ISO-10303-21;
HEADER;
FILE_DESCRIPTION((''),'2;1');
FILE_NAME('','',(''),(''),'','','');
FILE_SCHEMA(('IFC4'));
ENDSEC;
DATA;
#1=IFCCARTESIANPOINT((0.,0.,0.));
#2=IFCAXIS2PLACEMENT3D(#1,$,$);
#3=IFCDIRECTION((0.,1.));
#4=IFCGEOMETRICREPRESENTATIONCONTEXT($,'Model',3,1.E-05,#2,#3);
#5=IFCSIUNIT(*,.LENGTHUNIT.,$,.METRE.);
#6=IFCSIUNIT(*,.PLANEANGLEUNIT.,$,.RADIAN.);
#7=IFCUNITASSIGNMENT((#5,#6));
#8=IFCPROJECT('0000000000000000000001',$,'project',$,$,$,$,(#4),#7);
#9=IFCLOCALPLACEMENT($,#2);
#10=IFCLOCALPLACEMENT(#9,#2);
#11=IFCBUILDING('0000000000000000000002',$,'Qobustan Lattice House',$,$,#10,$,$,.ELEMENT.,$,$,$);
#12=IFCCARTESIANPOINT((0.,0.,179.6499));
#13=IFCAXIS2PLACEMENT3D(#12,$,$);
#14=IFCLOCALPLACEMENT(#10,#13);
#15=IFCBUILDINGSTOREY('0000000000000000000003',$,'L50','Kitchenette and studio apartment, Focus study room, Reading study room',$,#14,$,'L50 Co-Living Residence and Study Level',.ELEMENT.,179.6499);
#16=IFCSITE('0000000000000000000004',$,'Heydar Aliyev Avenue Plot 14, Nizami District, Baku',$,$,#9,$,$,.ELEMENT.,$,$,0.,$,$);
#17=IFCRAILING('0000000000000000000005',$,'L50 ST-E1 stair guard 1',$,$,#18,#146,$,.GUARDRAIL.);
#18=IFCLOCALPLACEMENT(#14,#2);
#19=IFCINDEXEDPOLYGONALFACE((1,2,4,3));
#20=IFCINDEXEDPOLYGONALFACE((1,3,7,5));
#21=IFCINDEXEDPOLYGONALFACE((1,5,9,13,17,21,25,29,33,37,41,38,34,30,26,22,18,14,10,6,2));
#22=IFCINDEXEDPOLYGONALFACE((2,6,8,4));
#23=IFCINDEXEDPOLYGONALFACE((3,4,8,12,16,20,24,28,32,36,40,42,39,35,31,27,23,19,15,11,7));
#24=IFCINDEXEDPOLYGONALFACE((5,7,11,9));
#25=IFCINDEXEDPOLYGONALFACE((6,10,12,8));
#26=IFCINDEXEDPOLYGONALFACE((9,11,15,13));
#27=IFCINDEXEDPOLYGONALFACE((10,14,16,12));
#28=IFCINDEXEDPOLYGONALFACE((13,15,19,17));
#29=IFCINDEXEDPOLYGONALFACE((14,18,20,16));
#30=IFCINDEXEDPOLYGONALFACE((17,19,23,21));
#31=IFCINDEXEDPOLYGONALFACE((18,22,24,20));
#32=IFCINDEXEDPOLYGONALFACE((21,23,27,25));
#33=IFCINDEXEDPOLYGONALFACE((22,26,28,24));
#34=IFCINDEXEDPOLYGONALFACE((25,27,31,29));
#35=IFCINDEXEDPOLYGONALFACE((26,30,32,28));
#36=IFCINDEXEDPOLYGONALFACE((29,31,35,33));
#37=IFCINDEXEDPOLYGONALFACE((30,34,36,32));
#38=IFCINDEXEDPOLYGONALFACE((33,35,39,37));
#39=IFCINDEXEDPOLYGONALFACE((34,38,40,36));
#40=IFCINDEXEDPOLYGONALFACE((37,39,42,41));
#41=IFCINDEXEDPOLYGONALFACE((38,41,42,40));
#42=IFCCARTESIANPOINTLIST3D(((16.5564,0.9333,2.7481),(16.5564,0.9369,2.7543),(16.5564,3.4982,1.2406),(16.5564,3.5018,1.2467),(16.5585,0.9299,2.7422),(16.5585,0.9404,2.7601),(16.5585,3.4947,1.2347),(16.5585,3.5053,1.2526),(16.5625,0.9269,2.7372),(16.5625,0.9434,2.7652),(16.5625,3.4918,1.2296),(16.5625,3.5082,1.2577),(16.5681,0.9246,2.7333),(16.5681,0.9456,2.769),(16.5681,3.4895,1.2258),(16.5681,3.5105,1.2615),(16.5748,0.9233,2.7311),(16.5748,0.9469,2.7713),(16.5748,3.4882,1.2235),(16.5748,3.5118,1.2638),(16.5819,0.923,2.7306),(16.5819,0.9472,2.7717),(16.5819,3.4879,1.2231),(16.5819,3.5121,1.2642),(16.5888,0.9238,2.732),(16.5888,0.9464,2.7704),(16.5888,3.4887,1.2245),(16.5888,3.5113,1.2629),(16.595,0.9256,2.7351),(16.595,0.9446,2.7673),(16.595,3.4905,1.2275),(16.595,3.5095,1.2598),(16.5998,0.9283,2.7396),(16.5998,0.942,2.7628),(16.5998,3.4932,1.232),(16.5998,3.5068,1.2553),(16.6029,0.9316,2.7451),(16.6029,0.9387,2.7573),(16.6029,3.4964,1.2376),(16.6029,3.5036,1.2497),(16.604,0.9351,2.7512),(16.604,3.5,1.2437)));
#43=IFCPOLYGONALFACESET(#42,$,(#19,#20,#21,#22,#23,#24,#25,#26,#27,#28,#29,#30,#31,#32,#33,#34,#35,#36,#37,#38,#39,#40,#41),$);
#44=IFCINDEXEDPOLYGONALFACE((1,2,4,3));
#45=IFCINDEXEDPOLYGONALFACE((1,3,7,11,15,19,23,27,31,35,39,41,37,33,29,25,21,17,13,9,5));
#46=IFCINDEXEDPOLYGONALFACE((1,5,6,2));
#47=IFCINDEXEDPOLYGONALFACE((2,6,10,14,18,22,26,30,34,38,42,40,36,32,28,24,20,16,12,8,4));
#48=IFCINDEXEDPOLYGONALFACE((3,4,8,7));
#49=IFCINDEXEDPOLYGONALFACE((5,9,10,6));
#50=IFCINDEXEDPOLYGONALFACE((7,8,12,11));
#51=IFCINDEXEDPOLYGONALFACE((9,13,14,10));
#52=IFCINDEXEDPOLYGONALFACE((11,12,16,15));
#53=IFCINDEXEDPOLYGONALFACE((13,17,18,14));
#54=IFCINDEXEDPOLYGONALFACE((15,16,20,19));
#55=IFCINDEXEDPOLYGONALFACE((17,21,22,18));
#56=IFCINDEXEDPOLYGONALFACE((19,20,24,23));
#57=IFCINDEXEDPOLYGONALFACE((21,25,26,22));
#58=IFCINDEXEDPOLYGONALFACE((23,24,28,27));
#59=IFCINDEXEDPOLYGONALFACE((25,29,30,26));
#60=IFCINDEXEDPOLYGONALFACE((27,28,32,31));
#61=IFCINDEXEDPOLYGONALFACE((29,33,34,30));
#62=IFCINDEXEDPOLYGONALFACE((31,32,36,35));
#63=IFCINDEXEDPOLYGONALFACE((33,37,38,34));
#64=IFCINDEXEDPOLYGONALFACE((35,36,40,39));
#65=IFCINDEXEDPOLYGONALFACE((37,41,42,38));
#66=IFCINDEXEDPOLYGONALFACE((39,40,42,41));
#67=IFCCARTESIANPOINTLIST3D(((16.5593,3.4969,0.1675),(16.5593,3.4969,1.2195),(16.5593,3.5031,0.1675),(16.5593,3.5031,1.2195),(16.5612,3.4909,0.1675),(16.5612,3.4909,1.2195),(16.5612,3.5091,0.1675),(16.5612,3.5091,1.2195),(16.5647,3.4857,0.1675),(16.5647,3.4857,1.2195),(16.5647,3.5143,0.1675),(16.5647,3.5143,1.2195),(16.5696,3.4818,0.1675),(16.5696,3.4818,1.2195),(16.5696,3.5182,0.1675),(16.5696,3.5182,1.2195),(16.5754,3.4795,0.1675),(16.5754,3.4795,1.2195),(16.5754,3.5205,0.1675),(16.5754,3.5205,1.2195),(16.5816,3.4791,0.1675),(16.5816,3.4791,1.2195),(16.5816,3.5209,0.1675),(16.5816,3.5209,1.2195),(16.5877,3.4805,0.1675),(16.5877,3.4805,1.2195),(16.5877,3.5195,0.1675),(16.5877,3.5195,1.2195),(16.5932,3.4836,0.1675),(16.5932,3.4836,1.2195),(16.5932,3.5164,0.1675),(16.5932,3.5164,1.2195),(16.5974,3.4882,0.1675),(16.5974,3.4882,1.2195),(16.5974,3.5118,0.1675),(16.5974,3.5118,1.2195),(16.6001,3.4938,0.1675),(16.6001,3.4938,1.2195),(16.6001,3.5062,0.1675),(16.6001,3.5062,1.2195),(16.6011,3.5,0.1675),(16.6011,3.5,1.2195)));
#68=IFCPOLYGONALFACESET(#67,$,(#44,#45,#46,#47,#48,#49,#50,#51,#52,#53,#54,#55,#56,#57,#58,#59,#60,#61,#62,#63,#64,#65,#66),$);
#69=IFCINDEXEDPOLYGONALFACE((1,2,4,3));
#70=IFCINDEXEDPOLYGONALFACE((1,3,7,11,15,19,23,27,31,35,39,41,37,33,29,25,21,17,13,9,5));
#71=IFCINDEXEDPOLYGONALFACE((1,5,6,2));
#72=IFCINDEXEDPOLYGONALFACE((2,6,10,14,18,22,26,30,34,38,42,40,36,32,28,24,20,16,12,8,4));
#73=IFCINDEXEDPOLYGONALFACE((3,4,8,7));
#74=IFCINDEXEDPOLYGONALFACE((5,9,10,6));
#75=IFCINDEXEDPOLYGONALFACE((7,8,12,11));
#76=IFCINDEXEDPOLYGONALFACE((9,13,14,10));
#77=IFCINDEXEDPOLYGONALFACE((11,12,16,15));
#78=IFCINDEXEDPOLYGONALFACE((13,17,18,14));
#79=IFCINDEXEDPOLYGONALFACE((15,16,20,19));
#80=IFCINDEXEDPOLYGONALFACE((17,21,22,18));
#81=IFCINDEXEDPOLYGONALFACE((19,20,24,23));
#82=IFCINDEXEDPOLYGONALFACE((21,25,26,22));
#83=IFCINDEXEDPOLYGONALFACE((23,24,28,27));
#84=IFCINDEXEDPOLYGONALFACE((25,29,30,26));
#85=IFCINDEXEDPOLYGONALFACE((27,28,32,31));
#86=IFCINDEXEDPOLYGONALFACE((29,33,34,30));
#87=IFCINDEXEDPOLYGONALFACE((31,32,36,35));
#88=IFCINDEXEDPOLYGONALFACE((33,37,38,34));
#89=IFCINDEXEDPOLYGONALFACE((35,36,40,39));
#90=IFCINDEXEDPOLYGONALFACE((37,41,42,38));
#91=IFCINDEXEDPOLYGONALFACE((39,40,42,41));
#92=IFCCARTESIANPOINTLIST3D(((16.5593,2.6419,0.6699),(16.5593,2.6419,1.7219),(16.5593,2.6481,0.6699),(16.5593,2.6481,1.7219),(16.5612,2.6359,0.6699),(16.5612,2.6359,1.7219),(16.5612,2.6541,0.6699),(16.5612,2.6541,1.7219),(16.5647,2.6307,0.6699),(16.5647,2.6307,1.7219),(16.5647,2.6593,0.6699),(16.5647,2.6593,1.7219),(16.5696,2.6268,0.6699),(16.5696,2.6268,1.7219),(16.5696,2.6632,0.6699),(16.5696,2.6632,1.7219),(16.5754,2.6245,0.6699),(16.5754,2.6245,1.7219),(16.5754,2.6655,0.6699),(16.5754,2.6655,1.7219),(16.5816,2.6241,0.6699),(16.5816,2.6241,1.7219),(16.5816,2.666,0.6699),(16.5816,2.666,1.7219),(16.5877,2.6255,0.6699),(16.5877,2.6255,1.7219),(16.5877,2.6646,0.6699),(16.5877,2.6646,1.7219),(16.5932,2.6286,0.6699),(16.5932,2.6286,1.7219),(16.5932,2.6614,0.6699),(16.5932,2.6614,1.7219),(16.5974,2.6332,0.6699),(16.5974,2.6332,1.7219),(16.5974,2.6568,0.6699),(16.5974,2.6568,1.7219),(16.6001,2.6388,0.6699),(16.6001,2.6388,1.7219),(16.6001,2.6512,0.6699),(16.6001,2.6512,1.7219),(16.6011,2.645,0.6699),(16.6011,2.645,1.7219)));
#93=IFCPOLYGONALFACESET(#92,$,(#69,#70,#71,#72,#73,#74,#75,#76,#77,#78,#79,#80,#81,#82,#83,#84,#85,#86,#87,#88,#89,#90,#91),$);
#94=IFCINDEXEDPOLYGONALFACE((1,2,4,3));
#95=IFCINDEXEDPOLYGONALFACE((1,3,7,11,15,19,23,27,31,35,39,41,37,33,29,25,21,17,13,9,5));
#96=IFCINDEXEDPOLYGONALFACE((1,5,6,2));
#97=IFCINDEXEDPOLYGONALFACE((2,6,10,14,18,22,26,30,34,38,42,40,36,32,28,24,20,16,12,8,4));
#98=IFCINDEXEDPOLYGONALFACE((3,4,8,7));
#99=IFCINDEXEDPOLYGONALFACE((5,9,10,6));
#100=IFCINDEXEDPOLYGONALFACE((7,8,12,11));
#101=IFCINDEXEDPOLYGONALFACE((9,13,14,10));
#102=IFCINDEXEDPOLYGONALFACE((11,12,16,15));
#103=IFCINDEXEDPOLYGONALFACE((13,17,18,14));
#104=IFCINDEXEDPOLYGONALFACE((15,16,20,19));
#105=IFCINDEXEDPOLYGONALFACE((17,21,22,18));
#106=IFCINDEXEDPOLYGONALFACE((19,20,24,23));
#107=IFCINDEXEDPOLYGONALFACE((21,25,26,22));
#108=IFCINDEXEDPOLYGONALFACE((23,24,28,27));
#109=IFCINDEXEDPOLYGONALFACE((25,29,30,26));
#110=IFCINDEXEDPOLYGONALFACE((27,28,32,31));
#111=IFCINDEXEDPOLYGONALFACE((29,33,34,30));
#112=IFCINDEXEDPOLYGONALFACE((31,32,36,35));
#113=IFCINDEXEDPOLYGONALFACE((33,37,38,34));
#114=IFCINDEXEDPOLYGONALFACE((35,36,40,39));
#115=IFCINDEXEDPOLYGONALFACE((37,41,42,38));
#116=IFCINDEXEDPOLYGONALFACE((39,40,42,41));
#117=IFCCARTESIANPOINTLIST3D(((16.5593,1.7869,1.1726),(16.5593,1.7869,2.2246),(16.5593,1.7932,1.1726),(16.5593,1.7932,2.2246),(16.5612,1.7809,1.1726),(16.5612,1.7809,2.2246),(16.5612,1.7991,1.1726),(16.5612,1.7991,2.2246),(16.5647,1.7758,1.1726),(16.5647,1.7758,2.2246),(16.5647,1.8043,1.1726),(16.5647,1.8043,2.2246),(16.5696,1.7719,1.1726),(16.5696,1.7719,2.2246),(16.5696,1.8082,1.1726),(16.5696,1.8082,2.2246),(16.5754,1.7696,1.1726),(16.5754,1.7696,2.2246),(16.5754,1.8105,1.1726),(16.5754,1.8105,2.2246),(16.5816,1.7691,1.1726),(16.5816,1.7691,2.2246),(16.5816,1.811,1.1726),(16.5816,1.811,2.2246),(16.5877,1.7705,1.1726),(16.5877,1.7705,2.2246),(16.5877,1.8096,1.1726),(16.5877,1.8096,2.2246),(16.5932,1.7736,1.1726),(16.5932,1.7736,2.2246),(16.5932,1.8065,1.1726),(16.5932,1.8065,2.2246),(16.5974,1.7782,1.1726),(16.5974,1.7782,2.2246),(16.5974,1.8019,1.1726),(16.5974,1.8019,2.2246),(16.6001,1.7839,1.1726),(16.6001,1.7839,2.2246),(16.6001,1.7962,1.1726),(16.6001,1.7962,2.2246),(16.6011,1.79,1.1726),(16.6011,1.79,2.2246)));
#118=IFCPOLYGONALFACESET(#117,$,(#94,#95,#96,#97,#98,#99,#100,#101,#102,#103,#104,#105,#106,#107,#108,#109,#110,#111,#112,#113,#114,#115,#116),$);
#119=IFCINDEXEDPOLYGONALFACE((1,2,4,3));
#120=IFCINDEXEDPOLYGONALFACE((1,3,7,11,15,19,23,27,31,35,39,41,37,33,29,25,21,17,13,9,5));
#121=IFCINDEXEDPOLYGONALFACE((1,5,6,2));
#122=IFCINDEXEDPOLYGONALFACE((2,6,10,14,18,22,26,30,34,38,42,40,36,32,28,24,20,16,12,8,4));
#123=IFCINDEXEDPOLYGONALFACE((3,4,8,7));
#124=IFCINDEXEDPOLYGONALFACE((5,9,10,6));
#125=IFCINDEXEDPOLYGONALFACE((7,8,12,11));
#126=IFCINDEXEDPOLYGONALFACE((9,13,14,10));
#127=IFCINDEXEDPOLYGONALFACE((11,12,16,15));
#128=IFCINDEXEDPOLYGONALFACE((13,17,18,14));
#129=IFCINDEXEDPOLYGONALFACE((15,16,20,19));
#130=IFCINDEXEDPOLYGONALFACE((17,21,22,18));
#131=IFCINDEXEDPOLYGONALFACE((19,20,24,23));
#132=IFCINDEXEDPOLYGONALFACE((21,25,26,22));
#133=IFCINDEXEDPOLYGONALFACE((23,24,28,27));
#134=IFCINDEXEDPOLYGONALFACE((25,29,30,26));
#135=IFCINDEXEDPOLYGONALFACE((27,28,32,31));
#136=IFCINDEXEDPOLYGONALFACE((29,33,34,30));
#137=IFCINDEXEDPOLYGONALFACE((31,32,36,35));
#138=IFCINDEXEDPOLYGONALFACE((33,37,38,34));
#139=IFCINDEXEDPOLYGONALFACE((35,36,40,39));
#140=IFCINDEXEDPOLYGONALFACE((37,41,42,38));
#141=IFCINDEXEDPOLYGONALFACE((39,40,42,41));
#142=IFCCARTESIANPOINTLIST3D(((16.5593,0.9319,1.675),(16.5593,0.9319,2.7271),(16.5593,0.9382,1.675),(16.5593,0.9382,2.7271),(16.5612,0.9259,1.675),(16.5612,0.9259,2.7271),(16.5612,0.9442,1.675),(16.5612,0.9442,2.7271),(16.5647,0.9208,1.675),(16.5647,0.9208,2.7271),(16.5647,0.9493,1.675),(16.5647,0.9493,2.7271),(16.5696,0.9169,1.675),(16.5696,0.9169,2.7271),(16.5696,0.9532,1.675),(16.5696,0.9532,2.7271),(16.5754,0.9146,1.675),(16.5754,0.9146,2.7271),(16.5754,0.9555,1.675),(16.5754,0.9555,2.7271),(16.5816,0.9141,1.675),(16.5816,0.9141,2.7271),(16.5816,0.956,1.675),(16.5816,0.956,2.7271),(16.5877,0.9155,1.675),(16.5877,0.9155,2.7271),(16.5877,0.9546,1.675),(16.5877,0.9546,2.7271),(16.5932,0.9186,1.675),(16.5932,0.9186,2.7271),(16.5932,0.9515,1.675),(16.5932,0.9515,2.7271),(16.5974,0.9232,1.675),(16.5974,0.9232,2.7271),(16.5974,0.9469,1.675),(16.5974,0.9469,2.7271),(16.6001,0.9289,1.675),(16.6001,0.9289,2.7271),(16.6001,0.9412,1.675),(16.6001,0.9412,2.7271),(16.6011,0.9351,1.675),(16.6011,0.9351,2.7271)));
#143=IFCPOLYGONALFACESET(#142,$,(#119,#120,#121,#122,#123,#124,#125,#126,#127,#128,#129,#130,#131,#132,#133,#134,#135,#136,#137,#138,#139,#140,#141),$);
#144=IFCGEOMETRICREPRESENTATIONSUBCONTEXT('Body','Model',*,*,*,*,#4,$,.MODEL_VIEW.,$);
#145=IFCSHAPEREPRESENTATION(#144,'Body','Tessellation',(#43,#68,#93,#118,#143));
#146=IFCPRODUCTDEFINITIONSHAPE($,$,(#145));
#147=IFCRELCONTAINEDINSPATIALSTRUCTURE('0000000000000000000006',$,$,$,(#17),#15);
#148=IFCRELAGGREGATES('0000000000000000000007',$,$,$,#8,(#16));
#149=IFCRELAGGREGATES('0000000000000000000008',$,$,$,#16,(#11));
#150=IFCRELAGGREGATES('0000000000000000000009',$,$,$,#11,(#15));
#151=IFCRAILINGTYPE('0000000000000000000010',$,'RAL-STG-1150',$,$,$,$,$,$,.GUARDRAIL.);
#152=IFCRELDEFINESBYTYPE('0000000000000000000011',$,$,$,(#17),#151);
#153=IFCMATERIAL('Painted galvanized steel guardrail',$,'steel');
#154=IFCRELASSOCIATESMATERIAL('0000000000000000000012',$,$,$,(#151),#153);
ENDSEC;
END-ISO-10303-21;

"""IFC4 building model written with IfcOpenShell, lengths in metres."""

from ifc_helpers import new_model, si_unit, direction, frame, origin, origin_2d, place, context, subcontext, project, spatial, circle, extrude, material, type_object, element, save


model = new_model("IFC4")

# Units and contexts
model_context = context("Model", 3, precision=1e-05, world=origin(), true_north=direction((0.0, 1.0)))
body_context = subcontext(model_context, "Body", "Model", "MODEL_VIEW")
ifc_project = project(units=[si_unit("LENGTHUNIT", "METRE"), si_unit("PLANEANGLEUNIT", "RADIAN")], contexts=[model_context])

# Site, building, storey
site_placement = place(None, origin())
site = spatial("IfcSite", under=ifc_project, at=site_placement, Name="Heydar Aliyev Avenue Plot 14, Nizami District, Baku", CompositionType="ELEMENT", RefElevation=0.0)
building_placement = place(site_placement, origin())
building = spatial("IfcBuilding", under=site, at=building_placement, Name="Qobustan Lattice House", CompositionType="ELEMENT")
storey_placement = place(building_placement, frame((0.0, 0.0, 179.6499)))
storey = spatial("IfcBuildingStorey", under=building, at=storey_placement, Name="L50", Description="Kitchenette and studio apartment, Focus study room, Reading study room", LongName="L50 Co-Living Residence and Study Level", CompositionType="ELEMENT", Elevation=179.6499)

# Railing
ifc_material_1 = material(Name="Painted galvanized steel guardrail", Category="steel")
railing_type_1 = type_object("IfcRailingType", Name="RAL-STG-1150", PredefinedType="GUARDRAIL", material=ifc_material_1)
railing_1_placement = place(storey_placement, frame((16.5801, 3.5, 0.1675)))
element("IfcRailing", 1, at=railing_1_placement, inside=storey, type_object=railing_type_1, Name="L50 ST-E1 stair guard 1", PredefinedType="GUARDRAIL", context=body_context, shape_type="SweptSolid", body=[
    extrude(circle(Radius=0.0239, at=origin_2d()), frame((0.0, 0.0, 1.0762), z_axis=(0.0, -0.862113, 0.506715), x_axis=(1.0, 0.0, 0.0)), (0.0, 0.0, 1.0), 2.9751),
    extrude(circle(Radius=0.021, at=origin_2d()), origin(), (0.0, 0.0, 1.0), 1.052),
    extrude(circle(Radius=0.021, at=origin_2d()), frame((0.0, -0.855, 0.5024)), (0.0, 0.0, 1.0), 1.052),
    extrude(circle(Radius=0.021, at=origin_2d()), frame((0.0, -1.71, 1.0051)), (0.0, 0.0, 1.0), 1.052),
    extrude(circle(Radius=0.021, at=origin_2d()), frame((0.0, -2.5649, 1.5076)), (0.0, 0.0, 1.0), 1.052),
])

save(model, "model.ifc")
